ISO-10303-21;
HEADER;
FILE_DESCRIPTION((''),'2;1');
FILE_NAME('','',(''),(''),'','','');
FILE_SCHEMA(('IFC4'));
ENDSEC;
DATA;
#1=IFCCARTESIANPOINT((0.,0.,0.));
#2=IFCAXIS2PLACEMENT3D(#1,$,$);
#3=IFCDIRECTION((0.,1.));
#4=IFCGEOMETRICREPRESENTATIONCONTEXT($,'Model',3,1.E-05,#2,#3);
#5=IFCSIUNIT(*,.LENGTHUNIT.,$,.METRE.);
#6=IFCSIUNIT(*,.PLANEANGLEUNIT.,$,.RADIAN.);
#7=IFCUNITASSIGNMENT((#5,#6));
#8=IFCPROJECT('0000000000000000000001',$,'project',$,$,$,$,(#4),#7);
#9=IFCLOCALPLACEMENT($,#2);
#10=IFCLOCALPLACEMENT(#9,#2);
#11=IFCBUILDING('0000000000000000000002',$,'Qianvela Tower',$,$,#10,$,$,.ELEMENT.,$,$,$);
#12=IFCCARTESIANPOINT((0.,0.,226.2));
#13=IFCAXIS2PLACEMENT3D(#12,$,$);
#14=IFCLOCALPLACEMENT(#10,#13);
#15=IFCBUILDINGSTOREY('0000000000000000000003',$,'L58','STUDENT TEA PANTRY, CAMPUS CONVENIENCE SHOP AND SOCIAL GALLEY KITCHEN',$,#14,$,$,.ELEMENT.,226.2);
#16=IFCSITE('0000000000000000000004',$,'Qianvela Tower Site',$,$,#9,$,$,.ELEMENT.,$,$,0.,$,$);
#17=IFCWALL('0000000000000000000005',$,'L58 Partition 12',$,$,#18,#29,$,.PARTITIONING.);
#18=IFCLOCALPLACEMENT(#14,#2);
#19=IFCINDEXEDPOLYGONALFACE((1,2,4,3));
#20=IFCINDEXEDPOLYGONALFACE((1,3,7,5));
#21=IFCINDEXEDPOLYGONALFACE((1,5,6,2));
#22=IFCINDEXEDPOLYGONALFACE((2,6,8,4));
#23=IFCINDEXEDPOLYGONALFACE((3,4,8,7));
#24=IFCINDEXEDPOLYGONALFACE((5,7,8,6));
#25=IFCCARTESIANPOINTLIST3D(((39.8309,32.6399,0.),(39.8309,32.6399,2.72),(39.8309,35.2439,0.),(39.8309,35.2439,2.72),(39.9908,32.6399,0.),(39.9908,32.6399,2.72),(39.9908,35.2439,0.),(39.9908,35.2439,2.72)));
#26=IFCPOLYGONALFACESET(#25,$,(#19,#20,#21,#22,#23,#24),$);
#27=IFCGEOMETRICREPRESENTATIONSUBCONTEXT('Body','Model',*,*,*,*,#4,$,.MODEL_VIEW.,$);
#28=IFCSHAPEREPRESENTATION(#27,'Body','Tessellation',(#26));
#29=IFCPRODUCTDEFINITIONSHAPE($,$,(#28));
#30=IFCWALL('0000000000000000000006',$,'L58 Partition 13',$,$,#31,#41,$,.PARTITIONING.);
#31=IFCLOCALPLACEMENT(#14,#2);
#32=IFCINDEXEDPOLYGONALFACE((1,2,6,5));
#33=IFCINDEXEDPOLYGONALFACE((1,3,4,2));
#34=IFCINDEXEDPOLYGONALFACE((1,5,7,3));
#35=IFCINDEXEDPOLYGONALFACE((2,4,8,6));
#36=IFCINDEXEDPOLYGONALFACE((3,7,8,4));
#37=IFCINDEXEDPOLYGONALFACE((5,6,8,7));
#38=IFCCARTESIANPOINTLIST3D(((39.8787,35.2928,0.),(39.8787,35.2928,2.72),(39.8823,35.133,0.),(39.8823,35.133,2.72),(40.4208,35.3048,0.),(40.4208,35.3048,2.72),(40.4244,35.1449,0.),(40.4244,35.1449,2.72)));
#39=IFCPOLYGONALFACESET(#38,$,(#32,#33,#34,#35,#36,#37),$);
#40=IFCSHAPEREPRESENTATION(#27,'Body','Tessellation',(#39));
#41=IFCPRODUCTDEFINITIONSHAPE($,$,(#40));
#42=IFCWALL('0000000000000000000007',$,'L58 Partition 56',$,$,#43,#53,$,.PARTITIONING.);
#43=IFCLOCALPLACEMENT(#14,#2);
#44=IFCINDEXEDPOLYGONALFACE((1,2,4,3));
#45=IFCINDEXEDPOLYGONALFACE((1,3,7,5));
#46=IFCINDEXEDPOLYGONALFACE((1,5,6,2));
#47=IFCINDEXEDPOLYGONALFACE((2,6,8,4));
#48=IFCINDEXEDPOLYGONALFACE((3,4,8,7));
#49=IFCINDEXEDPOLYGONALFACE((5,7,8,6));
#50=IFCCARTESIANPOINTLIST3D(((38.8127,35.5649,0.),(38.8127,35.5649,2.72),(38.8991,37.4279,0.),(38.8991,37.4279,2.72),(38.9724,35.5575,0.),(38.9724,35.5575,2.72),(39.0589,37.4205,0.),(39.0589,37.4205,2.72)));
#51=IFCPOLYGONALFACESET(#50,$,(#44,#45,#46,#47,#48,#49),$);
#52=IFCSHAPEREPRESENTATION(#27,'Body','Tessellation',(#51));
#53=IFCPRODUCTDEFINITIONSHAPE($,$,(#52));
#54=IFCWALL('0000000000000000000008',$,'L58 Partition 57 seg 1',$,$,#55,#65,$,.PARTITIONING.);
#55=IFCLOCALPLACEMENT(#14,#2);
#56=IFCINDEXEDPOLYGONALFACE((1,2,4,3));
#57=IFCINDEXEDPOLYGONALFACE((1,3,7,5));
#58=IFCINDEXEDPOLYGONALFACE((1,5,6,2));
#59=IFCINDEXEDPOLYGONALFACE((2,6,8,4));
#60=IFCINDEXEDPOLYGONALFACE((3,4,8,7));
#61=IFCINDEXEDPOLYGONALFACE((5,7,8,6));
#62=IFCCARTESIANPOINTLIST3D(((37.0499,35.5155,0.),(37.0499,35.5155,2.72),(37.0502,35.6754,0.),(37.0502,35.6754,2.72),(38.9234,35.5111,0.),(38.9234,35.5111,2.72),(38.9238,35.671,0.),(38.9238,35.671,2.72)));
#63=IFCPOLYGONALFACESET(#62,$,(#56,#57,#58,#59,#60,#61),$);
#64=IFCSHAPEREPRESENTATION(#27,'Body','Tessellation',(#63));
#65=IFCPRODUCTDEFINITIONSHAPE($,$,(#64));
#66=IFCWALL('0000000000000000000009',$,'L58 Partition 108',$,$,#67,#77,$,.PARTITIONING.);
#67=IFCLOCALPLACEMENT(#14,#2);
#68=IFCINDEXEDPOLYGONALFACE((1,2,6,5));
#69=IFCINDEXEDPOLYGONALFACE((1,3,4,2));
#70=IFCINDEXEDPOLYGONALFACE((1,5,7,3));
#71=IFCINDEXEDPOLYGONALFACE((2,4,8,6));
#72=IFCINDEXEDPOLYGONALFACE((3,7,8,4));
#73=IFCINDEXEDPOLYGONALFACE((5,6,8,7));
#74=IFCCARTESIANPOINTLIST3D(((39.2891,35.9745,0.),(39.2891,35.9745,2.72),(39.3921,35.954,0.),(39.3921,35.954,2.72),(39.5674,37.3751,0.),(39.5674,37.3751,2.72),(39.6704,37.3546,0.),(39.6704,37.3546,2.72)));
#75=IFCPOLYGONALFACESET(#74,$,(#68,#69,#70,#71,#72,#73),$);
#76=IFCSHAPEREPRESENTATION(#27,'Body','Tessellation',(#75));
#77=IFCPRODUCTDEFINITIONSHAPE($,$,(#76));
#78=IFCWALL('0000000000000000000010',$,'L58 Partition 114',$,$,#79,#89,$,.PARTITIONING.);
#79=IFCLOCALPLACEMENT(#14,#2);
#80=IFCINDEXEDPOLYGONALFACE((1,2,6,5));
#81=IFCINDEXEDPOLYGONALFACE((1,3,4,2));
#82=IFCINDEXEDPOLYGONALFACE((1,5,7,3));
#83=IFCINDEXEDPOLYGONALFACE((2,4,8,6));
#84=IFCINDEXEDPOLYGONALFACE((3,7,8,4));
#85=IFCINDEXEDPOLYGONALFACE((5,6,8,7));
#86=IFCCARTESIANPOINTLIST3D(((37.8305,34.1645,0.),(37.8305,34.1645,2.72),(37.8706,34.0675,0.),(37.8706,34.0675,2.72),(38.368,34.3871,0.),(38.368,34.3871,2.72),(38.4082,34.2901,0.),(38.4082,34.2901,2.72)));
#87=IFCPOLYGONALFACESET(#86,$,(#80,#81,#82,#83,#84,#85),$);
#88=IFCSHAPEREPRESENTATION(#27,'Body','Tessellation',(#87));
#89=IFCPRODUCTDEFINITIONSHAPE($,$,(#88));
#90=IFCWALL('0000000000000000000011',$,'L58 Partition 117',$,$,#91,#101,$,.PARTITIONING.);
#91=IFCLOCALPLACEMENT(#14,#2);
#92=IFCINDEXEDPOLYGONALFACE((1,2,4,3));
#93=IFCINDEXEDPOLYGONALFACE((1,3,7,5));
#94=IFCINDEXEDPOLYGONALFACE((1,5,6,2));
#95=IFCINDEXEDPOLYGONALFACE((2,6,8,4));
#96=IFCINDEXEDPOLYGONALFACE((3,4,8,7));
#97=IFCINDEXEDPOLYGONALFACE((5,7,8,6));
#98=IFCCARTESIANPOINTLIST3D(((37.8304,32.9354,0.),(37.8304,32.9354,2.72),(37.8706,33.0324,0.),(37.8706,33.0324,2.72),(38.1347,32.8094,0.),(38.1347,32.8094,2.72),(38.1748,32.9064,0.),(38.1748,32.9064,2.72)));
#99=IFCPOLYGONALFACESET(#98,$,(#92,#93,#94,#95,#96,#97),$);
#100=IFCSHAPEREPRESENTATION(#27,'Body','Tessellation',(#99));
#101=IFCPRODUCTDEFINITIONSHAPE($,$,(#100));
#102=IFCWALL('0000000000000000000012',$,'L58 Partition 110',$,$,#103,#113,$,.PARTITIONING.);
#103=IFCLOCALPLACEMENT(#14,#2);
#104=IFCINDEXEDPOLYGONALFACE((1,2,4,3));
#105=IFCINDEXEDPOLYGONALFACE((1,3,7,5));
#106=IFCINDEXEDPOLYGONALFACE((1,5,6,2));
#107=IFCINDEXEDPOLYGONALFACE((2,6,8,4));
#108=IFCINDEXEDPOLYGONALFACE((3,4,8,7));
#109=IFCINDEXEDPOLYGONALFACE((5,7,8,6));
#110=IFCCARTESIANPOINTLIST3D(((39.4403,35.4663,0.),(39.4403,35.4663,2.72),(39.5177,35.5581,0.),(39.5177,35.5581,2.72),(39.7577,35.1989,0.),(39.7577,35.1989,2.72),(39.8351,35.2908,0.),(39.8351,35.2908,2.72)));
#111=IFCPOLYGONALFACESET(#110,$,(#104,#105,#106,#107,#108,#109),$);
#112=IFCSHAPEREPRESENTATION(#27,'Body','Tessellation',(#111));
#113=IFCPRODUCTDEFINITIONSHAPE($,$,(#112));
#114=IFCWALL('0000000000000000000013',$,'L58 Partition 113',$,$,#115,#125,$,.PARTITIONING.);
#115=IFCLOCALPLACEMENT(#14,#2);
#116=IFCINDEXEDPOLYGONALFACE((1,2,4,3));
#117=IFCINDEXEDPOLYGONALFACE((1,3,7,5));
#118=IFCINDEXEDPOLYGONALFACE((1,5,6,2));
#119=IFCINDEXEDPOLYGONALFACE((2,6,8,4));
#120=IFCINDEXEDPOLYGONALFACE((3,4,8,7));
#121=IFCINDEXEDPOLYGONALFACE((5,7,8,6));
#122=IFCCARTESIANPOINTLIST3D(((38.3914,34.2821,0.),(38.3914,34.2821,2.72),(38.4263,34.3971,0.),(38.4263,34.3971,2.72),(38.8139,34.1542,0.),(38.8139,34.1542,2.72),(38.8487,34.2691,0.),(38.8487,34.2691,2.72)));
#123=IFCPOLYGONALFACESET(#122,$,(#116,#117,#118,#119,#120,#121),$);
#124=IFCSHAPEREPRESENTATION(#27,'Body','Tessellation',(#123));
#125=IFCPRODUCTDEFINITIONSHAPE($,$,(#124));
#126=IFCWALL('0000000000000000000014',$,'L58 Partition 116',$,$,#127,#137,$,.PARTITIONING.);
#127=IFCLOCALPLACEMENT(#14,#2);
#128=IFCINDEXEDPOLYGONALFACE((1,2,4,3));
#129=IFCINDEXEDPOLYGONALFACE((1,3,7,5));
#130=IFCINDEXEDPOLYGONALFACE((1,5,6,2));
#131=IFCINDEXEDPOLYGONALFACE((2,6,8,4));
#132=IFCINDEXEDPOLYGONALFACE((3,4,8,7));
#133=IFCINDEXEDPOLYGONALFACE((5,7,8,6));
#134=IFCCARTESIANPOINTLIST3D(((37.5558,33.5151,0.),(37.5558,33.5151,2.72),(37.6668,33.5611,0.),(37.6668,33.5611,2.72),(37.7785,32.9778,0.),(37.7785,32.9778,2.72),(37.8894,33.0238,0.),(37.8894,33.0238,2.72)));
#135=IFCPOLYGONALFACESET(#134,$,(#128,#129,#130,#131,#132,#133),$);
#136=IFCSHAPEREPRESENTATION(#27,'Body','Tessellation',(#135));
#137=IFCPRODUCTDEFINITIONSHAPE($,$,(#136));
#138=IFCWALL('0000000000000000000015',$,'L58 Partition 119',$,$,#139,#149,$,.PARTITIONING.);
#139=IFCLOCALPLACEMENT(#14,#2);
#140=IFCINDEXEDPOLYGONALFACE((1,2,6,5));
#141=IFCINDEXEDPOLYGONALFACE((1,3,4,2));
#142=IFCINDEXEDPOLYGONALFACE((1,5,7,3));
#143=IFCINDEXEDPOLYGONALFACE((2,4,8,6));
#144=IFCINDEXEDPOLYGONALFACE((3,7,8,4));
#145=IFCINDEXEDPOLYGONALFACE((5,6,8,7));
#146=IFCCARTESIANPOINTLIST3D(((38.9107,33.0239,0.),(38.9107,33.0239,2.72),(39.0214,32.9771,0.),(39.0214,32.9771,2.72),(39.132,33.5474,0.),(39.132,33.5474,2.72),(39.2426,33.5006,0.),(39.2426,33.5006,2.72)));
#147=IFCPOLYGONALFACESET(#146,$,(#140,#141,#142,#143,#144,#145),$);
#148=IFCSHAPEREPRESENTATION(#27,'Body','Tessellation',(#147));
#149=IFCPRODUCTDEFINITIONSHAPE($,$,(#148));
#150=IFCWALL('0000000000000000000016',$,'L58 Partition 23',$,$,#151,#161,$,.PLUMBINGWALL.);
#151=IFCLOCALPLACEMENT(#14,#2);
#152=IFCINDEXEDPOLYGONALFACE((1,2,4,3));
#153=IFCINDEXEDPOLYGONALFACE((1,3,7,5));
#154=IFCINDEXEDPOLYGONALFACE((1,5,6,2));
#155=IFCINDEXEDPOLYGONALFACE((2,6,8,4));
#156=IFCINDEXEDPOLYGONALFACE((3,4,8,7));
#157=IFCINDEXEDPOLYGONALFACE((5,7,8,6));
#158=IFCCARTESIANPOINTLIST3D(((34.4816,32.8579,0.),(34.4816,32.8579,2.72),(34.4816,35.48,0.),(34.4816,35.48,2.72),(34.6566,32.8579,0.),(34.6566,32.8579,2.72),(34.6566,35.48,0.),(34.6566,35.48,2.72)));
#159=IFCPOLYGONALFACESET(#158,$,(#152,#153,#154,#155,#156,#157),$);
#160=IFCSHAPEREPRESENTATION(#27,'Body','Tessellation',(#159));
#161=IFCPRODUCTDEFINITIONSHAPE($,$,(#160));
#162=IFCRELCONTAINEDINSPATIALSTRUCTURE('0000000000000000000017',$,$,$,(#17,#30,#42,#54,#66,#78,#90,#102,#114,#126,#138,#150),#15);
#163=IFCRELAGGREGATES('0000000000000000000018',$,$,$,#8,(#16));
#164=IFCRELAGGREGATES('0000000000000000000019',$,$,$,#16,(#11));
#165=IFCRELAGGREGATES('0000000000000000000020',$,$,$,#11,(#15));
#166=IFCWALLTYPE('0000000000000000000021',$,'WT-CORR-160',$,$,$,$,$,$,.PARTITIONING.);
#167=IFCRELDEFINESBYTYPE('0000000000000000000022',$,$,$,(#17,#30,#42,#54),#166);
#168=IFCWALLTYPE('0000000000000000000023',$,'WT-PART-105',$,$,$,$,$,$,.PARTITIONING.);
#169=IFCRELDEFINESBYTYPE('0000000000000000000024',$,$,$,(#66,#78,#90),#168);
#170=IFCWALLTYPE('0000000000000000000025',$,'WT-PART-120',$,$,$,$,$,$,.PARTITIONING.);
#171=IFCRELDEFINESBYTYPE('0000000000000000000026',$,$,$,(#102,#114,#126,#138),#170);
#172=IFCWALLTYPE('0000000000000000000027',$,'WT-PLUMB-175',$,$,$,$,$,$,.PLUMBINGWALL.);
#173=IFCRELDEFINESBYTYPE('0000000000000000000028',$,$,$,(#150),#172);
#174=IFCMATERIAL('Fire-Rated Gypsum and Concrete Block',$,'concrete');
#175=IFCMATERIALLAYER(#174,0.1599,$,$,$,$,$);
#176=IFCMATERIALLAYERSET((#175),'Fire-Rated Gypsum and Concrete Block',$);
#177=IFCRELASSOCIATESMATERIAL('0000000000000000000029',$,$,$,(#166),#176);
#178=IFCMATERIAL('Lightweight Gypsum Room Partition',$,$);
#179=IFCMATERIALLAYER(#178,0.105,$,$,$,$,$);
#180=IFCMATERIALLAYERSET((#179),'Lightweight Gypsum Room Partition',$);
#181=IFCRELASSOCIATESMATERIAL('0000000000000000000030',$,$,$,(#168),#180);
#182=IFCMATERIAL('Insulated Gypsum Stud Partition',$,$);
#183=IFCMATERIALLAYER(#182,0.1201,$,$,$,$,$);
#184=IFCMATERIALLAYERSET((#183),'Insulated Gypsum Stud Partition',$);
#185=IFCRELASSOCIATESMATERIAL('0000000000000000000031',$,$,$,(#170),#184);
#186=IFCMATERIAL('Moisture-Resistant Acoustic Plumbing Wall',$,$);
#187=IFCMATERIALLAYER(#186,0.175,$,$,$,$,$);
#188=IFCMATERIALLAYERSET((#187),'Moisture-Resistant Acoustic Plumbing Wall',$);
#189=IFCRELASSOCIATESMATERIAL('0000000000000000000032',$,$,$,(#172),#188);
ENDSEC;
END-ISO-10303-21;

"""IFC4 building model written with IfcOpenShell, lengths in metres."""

from ifc_helpers import new_model, si_unit, direction, frame, frame_2d, origin, place, context, subcontext, project, spatial, rectangle, extrude, material, layer, layer_set, type_object, element, save


model = new_model("IFC4")

# Units and contexts
model_context = context("Model", 3, precision=1e-05, world=origin(), true_north=direction((0.0, 1.0)))
body_context = subcontext(model_context, "Body", "Model", "MODEL_VIEW")
ifc_project = project(units=[si_unit("LENGTHUNIT", "METRE"), si_unit("PLANEANGLEUNIT", "RADIAN")], contexts=[model_context])

# Site, building, storey
site_placement = place(None, origin())
site = spatial("IfcSite", under=ifc_project, at=site_placement, Name="Qianvela Tower Site", CompositionType="ELEMENT", RefElevation=0.0)
building_placement = place(site_placement, origin())
building = spatial("IfcBuilding", under=site, at=building_placement, Name="Qianvela Tower", CompositionType="ELEMENT")
storey_placement = place(building_placement, frame((0.0, 0.0, 226.2)))
storey = spatial("IfcBuildingStorey", under=building, at=storey_placement, Name="L58", Description="STUDENT TEA PANTRY, CAMPUS CONVENIENCE SHOP AND SOCIAL GALLEY KITCHEN", CompositionType="ELEMENT", Elevation=226.2)

# Walls
ifc_material_1 = material(Name="Fire-Rated Gypsum and Concrete Block", Category="concrete")
ifc_layer_1 = layer(ifc_material_1, 0.1599)
ifc_layer_set_1 = layer_set([ifc_layer_1], Name="Fire-Rated Gypsum and Concrete Block")
wall_type_1 = type_object("IfcWallType", Name="WT-CORR-160", PredefinedType="PARTITIONING", material=ifc_layer_set_1)
wall_1_placement = place(storey_placement, frame((39.9109, 32.6399, 0.0), z_axis=(0.0, 0.0, 1.0), x_axis=(0.0, 1.0, 0.0)))
element("IfcWall", 1, at=wall_1_placement, inside=storey, type_object=wall_type_1, Name="L58 Partition 12", PredefinedType="PARTITIONING", context=body_context, shape_type="SweptSolid", body=[
    extrude(rectangle(XDim=2.604, YDim=0.1599, at=frame_2d((1.302, 0.0))), origin(), (0.0, 0.0, 1.0), 2.72),
])
wall_2_placement = place(storey_placement, frame((39.8806, 35.2129, 0.0), z_axis=(0.0, 0.0, 1.0), x_axis=(0.999757, 0.022067, 0.0)))
element("IfcWall", 2, at=wall_2_placement, inside=storey, type_object=wall_type_1, Name="L58 Partition 13", PredefinedType="PARTITIONING", context=body_context, shape_type="SweptSolid", body=[
    extrude(rectangle(XDim=0.5422, YDim=0.1599, at=frame_2d((0.271, 0.0))), origin(), (0.0, 0.0, 1.0), 2.72),
])
wall_3_placement = place(storey_placement, frame((38.979, 37.4243, 0.0), z_axis=(0.0, 0.0, 1.0), x_axis=(-0.04634, -0.998926, 0.0)))
element("IfcWall", 3, at=wall_3_placement, inside=storey, type_object=wall_type_1, Name="L58 Partition 56", PredefinedType="PARTITIONING", context=body_context, shape_type="SweptSolid", body=[
    extrude(rectangle(XDim=1.865, YDim=0.1599, at=frame_2d((0.9326, 0.0))), origin(), (0.0, 0.0, 1.0), 2.72),
])
wall_4_placement = place(storey_placement, frame((38.9236, 35.5911, 0.0), z_axis=(0.0, 0.0, 1.0), x_axis=(-0.999997, 0.002346, 0.0)))
element("IfcWall", 4, at=wall_4_placement, inside=storey, type_object=wall_type_1, Name="L58 Partition 57 seg 1", PredefinedType="PARTITIONING", context=body_context, shape_type="SweptSolid", body=[
    extrude(rectangle(XDim=1.8735, YDim=0.1599, at=frame_2d((0.9368, 0.0))), origin(), (0.0, 0.0, 1.0), 2.72),
])
ifc_material_2 = material(Name="Lightweight Gypsum Room Partition")
ifc_layer_2 = layer(ifc_material_2, 0.105)
ifc_layer_set_2 = layer_set([ifc_layer_2], Name="Lightweight Gypsum Room Partition")
wall_type_2 = type_object("IfcWallType", Name="WT-PART-105", PredefinedType="PARTITIONING", material=ifc_layer_set_2)
wall_5_placement = place(storey_placement, frame((39.6189, 37.3647, 0.0), z_axis=(0.0, 0.0, 1.0), x_axis=(-0.1949, -0.980823, 0.0)))
element("IfcWall", 5, at=wall_5_placement, inside=storey, type_object=wall_type_2, Name="L58 Partition 108", PredefinedType="PARTITIONING", context=body_context, shape_type="SweptSolid", body=[
    extrude(rectangle(XDim=1.428, YDim=0.105, at=frame_2d((0.7139, 0.0))), origin(), (0.0, 0.0, 1.0), 2.72),
])
wall_6_placement = place(storey_placement, frame((38.3882, 34.3386, 0.0), z_axis=(0.0, 0.0, 1.0), x_axis=(-0.923894, -0.382648, 0.0)))
element("IfcWall", 6, at=wall_6_placement, inside=storey, type_object=wall_type_2, Name="L58 Partition 114", PredefinedType="PARTITIONING", context=body_context, shape_type="SweptSolid", body=[
    extrude(rectangle(XDim=0.5818, YDim=0.105, at=frame_2d((0.291, 0.0))), origin(), (0.0, 0.0, 1.0), 2.72),
])
wall_7_placement = place(storey_placement, frame((37.8506, 32.9839, 0.0), z_axis=(0.0, 0.0, 1.0), x_axis=(0.923908, -0.382614, 0.0)))
element("IfcWall", 7, at=wall_7_placement, inside=storey, type_object=wall_type_2, Name="L58 Partition 117", PredefinedType="PARTITIONING", context=body_context, shape_type="SweptSolid", body=[
    extrude(rectangle(XDim=0.3293, YDim=0.105, at=frame_2d((0.1646, 0.0))), origin(), (0.0, 0.0, 1.0), 2.72),
])
ifc_material_3 = material(Name="Insulated Gypsum Stud Partition")
ifc_layer_3 = layer(ifc_material_3, 0.1201)
ifc_layer_set_3 = layer_set([ifc_layer_3], Name="Insulated Gypsum Stud Partition")
wall_type_3 = type_object("IfcWallType", Name="WT-PART-120", PredefinedType="PARTITIONING", material=ifc_layer_set_3)
wall_8_placement = place(storey_placement, frame((39.479, 35.5122, 0.0), z_axis=(0.0, 0.0, 1.0), x_axis=(0.764835, -0.644226, 0.0)))
element("IfcWall", 8, at=wall_8_placement, inside=storey, type_object=wall_type_3, Name="L58 Partition 110", PredefinedType="PARTITIONING", context=body_context, shape_type="SweptSolid", body=[
    extrude(rectangle(XDim=0.415, YDim=0.1201, at=frame_2d((0.2075, 0.0))), origin(), (0.0, 0.0, 1.0), 2.72),
])
wall_9_placement = place(storey_placement, frame((38.8313, 34.2117, 0.0), z_axis=(0.0, 0.0, 1.0), x_axis=(-0.957062, 0.289885, 0.0)))
element("IfcWall", 9, at=wall_9_placement, inside=storey, type_object=wall_type_3, Name="L58 Partition 113", PredefinedType="PARTITIONING", context=body_context, shape_type="SweptSolid", body=[
    extrude(rectangle(XDim=0.4414, YDim=0.1201, at=frame_2d((0.2207, 0.0))), origin(), (0.0, 0.0, 1.0), 2.72),
])
wall_10_placement = place(storey_placement, frame((37.6113, 33.5381, 0.0), z_axis=(0.0, 0.0, 1.0), x_axis=(0.382797, -0.923833, 0.0)))
element("IfcWall", 10, at=wall_10_placement, inside=storey, type_object=wall_type_3, Name="L58 Partition 116", PredefinedType="PARTITIONING", context=body_context, shape_type="SweptSolid", body=[
    extrude(rectangle(XDim=0.5815, YDim=0.1201, at=frame_2d((0.2908, 0.0))), origin(), (0.0, 0.0, 1.0), 2.72),
])
wall_11_placement = place(storey_placement, frame((38.9661, 33.0005, 0.0), z_axis=(0.0, 0.0, 1.0), x_axis=(0.389248, 0.921133, 0.0)))
element("IfcWall", 11, at=wall_11_placement, inside=storey, type_object=wall_type_3, Name="L58 Partition 119", PredefinedType="PARTITIONING", context=body_context, shape_type="SweptSolid", body=[
    extrude(rectangle(XDim=0.5684, YDim=0.1201, at=frame_2d((0.2842, 0.0))), origin(), (0.0, 0.0, 1.0), 2.72),
])
ifc_material_4 = material(Name="Moisture-Resistant Acoustic Plumbing Wall")
ifc_layer_4 = layer(ifc_material_4, 0.175)
ifc_layer_set_4 = layer_set([ifc_layer_4], Name="Moisture-Resistant Acoustic Plumbing Wall")
wall_type_4 = type_object("IfcWallType", Name="WT-PLUMB-175", PredefinedType="PLUMBINGWALL", material=ifc_layer_set_4)
wall_12_placement = place(storey_placement, frame((34.5691, 35.48, 0.0), z_axis=(0.0, 0.0, 1.0), x_axis=(0.0, -1.0, 0.0)))
element("IfcWall", 12, at=wall_12_placement, inside=storey, type_object=wall_type_4, Name="L58 Partition 23", PredefinedType="PLUMBINGWALL", context=body_context, shape_type="SweptSolid", body=[
    extrude(rectangle(XDim=2.6221, YDim=0.175, at=frame_2d((1.311, 0.0))), origin(), (0.0, 0.0, 1.0), 2.72),
])

save(model, "model.ifc")
